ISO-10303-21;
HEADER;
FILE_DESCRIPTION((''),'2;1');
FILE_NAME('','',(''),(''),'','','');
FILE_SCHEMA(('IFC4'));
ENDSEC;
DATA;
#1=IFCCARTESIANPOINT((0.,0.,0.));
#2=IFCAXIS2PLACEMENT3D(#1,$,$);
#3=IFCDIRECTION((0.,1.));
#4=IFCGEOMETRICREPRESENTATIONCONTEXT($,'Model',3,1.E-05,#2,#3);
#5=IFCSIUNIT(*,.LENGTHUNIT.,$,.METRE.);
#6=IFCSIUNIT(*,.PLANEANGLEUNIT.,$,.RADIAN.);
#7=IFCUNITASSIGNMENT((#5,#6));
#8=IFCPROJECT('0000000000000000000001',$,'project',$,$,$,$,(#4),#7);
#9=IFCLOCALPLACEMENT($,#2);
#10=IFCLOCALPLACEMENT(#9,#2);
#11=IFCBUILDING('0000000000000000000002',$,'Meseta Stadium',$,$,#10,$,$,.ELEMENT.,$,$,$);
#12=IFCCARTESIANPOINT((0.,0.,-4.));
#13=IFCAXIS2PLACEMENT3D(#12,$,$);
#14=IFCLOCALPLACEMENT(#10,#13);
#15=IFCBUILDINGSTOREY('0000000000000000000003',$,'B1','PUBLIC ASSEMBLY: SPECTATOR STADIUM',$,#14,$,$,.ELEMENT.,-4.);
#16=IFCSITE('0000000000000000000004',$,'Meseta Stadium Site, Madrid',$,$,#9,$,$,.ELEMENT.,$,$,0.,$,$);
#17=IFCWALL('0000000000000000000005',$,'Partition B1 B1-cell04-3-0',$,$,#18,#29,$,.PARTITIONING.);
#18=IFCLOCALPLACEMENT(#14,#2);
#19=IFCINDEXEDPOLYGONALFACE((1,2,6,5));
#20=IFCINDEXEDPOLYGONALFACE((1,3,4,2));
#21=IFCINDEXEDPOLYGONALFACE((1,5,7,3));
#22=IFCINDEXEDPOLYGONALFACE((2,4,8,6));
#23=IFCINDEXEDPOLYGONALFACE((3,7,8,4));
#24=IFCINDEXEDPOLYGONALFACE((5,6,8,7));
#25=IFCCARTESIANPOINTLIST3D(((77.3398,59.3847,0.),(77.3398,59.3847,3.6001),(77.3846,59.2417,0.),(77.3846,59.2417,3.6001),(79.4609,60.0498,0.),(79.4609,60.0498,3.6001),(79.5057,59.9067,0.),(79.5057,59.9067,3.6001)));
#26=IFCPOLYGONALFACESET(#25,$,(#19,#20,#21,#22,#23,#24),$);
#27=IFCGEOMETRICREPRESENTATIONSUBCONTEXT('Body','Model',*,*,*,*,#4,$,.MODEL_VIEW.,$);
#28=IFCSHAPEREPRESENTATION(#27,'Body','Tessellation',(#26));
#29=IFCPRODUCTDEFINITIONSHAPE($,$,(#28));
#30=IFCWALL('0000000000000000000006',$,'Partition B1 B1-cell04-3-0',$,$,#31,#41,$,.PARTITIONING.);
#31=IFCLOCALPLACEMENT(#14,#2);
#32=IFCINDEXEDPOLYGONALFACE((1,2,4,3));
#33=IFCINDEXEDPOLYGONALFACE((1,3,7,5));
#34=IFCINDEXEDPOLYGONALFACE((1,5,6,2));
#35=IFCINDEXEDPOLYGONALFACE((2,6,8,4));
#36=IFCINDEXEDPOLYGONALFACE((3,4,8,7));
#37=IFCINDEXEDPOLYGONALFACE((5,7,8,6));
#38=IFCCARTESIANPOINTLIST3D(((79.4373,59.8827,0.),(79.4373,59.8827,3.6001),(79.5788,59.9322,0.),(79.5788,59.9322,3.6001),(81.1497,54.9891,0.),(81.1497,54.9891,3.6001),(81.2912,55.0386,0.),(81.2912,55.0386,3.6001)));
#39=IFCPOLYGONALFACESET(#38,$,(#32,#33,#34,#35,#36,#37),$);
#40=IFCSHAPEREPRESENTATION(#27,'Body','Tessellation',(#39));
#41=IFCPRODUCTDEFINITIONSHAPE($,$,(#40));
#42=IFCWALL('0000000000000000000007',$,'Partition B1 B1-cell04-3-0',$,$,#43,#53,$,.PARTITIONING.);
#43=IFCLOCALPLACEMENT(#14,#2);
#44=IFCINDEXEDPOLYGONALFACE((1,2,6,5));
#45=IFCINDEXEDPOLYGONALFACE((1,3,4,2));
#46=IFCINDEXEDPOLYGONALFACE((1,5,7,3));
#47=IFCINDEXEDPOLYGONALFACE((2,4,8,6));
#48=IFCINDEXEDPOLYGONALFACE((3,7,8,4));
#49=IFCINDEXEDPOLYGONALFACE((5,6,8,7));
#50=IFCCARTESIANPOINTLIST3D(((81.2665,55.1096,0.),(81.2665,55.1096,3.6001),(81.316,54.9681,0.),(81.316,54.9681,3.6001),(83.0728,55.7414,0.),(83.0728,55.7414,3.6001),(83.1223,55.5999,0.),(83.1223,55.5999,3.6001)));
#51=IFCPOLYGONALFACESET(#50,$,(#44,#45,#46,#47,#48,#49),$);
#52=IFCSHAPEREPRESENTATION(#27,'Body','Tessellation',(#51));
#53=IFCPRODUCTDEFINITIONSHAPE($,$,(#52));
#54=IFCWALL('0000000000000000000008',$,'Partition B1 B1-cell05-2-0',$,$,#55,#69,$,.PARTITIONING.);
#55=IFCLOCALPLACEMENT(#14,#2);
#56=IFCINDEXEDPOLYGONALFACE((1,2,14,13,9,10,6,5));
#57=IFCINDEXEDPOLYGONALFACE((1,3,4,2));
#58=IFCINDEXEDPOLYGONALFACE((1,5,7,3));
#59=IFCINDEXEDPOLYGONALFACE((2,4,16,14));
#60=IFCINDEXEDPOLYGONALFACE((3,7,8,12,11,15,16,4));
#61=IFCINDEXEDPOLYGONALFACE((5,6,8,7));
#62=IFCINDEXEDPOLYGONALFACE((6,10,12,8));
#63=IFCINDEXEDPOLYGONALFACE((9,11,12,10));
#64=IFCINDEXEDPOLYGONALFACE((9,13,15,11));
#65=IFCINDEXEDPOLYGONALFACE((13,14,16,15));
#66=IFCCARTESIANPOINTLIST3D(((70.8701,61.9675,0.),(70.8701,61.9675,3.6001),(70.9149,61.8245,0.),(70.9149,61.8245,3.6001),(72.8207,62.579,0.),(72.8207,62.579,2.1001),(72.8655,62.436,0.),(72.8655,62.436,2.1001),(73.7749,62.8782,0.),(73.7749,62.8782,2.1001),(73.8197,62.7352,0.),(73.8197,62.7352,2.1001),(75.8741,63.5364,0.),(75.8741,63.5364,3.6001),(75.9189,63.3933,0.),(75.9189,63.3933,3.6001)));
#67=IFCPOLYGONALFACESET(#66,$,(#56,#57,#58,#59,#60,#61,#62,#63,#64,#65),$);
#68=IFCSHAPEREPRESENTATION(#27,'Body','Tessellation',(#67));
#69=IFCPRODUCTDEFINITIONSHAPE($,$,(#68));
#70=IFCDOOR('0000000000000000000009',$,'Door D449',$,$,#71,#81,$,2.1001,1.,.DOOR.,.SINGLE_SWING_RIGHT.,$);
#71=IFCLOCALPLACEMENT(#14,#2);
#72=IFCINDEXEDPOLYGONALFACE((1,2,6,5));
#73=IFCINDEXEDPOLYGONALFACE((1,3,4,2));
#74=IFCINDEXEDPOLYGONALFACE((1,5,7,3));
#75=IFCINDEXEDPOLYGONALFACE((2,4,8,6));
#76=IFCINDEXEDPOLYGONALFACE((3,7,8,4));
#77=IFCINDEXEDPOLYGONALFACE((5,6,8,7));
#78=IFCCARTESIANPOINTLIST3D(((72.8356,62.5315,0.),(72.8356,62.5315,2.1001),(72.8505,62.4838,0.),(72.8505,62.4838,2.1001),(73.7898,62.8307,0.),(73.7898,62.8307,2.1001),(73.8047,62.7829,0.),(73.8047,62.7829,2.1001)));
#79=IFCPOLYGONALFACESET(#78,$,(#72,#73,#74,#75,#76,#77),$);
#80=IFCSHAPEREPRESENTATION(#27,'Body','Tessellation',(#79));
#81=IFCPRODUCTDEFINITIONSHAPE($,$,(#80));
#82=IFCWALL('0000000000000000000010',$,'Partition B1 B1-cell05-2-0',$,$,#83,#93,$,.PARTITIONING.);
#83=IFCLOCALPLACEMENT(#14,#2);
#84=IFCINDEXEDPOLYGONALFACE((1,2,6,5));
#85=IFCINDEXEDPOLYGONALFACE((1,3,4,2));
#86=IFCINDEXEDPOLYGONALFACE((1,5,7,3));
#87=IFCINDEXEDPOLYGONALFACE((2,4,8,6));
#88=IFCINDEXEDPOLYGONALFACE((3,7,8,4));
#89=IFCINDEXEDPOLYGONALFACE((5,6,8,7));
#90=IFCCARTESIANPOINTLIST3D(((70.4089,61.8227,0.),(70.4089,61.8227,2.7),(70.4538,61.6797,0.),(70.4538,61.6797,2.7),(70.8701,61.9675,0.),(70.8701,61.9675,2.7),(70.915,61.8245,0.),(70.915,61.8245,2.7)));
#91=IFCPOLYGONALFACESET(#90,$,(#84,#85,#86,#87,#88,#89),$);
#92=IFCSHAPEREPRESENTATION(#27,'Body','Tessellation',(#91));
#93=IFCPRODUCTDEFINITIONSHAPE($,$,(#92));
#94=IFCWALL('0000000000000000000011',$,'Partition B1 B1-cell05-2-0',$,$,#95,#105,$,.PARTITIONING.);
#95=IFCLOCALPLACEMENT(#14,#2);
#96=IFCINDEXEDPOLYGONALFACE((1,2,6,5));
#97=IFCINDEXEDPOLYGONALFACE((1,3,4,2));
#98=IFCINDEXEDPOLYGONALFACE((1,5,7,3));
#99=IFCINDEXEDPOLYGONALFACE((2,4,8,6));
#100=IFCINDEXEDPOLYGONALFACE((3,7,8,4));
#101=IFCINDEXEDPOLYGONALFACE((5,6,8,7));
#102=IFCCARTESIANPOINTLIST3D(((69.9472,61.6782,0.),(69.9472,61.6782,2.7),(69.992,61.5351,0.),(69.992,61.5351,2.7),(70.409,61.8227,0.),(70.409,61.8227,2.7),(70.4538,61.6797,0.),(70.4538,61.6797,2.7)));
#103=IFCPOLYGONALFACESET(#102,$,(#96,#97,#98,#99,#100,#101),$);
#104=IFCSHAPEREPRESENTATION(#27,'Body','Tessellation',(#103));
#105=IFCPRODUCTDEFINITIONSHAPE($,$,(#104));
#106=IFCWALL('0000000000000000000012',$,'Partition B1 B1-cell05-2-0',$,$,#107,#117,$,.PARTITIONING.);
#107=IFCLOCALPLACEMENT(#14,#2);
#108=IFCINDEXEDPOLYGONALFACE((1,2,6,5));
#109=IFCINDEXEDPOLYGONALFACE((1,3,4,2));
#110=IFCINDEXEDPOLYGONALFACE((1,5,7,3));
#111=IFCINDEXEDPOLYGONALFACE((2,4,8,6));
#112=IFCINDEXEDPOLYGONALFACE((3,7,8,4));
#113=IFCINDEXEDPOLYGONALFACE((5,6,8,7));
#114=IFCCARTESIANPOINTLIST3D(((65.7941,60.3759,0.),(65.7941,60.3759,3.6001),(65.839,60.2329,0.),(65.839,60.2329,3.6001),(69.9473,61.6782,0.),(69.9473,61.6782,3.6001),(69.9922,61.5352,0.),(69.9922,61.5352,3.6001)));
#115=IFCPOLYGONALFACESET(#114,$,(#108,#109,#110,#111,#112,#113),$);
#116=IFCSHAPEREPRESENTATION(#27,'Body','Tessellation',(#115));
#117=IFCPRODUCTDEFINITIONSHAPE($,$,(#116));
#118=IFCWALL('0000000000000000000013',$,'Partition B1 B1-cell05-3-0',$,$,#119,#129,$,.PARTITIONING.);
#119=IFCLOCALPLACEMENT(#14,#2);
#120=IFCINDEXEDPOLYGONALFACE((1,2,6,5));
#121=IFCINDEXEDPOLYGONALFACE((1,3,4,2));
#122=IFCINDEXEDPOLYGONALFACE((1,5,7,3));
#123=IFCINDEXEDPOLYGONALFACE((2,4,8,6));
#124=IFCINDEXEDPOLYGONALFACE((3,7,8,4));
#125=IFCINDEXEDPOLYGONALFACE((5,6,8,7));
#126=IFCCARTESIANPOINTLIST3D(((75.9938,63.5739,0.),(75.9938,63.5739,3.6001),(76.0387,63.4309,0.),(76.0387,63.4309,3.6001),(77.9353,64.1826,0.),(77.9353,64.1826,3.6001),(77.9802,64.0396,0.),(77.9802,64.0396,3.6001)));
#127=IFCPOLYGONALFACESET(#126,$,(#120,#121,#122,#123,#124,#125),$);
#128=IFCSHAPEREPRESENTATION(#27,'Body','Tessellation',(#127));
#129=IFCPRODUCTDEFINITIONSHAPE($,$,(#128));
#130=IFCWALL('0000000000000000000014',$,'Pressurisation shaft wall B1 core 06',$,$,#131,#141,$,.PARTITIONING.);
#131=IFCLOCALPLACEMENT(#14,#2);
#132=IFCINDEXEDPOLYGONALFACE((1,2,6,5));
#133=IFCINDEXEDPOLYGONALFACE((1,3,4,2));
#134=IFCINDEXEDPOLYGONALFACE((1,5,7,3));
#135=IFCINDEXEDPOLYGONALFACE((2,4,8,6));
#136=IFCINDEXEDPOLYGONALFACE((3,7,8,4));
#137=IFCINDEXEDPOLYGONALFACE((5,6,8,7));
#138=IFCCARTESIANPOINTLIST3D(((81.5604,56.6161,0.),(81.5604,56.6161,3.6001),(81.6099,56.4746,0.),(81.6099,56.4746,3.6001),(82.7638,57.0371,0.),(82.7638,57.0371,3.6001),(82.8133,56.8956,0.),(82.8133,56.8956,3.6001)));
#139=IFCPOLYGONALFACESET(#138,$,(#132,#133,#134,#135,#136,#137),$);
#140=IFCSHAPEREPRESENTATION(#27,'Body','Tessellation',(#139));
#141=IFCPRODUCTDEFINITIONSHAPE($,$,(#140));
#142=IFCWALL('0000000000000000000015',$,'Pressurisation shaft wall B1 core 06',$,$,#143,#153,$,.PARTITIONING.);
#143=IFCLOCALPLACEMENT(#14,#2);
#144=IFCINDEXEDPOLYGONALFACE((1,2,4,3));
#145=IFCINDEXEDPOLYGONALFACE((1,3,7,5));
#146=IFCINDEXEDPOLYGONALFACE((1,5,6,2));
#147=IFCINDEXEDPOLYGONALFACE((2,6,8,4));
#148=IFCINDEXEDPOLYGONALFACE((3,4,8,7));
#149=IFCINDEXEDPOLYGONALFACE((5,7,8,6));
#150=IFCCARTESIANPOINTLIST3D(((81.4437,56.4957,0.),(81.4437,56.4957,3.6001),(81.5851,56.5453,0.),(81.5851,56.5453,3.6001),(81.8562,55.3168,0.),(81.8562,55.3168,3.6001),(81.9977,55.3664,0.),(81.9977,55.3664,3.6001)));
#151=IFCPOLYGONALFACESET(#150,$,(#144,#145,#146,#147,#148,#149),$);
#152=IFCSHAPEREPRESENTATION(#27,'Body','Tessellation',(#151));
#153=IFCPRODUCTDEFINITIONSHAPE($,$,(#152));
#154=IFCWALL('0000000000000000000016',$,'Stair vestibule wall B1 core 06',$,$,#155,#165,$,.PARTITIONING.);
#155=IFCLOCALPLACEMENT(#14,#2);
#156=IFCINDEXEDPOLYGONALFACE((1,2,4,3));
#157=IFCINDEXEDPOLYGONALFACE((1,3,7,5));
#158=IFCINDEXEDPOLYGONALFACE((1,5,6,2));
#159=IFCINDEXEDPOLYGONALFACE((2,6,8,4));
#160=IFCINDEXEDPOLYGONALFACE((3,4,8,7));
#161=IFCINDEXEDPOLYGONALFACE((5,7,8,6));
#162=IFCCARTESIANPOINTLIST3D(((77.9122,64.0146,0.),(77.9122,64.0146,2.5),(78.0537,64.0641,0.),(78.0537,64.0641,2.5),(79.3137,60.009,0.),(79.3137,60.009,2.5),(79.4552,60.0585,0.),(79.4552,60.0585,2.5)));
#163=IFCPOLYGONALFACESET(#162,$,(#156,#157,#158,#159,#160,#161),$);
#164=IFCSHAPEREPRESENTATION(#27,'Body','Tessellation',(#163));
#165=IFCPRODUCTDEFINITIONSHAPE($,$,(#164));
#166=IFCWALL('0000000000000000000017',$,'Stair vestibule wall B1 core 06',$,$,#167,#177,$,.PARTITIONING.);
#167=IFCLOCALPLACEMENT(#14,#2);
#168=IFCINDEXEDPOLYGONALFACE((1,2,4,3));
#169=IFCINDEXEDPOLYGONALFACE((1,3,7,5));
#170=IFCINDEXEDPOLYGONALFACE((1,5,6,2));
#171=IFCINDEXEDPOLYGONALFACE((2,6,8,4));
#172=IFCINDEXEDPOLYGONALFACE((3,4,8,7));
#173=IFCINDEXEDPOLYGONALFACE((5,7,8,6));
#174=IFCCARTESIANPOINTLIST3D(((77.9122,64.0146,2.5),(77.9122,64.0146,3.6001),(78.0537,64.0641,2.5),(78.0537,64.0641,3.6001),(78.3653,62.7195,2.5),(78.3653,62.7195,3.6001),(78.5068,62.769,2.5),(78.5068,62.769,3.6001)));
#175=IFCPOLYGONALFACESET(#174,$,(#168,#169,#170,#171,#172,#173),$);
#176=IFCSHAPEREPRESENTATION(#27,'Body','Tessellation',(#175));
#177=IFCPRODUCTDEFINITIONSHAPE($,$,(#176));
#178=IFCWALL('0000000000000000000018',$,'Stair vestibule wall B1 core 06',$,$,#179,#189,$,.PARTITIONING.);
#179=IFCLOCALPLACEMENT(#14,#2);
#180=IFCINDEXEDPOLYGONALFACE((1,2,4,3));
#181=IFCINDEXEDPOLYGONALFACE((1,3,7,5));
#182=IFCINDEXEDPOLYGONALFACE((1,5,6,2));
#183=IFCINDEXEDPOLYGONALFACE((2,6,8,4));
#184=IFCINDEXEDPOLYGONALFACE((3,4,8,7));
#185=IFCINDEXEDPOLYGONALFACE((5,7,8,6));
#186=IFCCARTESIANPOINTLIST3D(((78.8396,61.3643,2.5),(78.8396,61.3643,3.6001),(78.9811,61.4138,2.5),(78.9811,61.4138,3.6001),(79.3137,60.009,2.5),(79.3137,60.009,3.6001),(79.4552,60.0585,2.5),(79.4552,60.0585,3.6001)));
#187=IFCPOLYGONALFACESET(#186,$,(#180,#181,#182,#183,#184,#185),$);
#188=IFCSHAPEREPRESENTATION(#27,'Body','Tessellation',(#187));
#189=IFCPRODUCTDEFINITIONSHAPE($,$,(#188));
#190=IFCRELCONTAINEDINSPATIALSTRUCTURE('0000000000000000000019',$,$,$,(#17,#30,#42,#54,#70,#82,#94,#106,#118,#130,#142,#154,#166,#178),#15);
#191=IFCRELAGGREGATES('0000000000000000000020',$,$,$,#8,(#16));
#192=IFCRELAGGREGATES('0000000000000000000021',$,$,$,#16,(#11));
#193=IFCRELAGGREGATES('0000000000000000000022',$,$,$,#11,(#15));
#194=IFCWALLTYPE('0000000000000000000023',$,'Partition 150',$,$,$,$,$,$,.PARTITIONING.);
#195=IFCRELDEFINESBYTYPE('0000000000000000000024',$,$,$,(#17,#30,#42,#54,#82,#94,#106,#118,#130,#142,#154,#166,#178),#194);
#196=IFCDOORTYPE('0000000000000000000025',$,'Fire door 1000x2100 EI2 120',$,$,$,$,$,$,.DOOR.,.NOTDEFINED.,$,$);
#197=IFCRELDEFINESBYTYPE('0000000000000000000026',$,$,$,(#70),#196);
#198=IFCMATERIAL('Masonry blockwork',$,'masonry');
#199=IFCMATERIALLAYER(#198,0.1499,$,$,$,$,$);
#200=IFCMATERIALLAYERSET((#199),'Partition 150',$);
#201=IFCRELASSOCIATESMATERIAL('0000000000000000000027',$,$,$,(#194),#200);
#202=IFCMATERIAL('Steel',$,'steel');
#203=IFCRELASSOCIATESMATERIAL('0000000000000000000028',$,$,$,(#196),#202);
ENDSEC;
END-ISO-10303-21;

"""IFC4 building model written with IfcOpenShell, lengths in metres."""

from ifc_helpers import new_model, si_unit, direction, frame, frame_2d, origin, place, context, subcontext, project, spatial, rectangle, extrude, material, layer, layer_set, type_object, element, fill, save


model = new_model("IFC4")

# Units and contexts
model_context = context("Model", 3, precision=1e-05, world=origin(), true_north=direction((0.0, 1.0)))
body_context = subcontext(model_context, "Body", "Model", "MODEL_VIEW")
ifc_project = project(units=[si_unit("LENGTHUNIT", "METRE"), si_unit("PLANEANGLEUNIT", "RADIAN")], contexts=[model_context])

# Site, building, storey
site_placement = place(None, origin())
site = spatial("IfcSite", under=ifc_project, at=site_placement, Name="Meseta Stadium Site, Madrid", CompositionType="ELEMENT", RefElevation=0.0)
building_placement = place(site_placement, origin())
building = spatial("IfcBuilding", under=site, at=building_placement, Name="Meseta Stadium", CompositionType="ELEMENT")
storey_placement = place(building_placement, frame((0.0, 0.0, -4.0)))
storey = spatial("IfcBuildingStorey", under=building, at=storey_placement, Name="B1", Description="PUBLIC ASSEMBLY: SPECTATOR STADIUM", CompositionType="ELEMENT", Elevation=-4.0)

# Walls
ifc_material_1 = material(Name="Masonry blockwork", Category="masonry")
ifc_layer_1 = layer(ifc_material_1, 0.1499)
ifc_layer_set_1 = layer_set([ifc_layer_1], Name="Partition 150")
wall_type_1 = type_object("IfcWallType", Name="Partition 150", PredefinedType="PARTITIONING", material=ifc_layer_set_1)
wall_1_placement = place(storey_placement, frame((77.3623, 59.3132, 0.0), z_axis=(0.0, 0.0, 1.0), x_axis=(0.954198, 0.299175, 0.0)))
element("IfcWall", 1, at=wall_1_placement, inside=storey, type_object=wall_type_1, Name="Partition B1 B1-cell04-3-0", PredefinedType="PARTITIONING", context=body_context, shape_type="SweptSolid", body=[
    extrude(rectangle(XDim=2.2229, YDim=0.1499, at=frame_2d((1.1113, 0.0))), origin(), (0.0, 0.0, 1.0), 3.6001),
])
wall_2_placement = place(storey_placement, frame((79.5081, 59.9075, 0.0), z_axis=(0.0, 0.0, 1.0), x_axis=(0.330292, -0.943879, 0.0)))
element("IfcWall", 2, at=wall_2_placement, inside=storey, type_object=wall_type_1, Name="Partition B1 B1-cell04-3-0", PredefinedType="PARTITIONING", context=body_context, shape_type="SweptSolid", body=[
    extrude(rectangle(XDim=5.1846, YDim=0.1499, at=frame_2d((2.5923, 0.0))), origin(), (0.0, 0.0, 1.0), 3.6001),
])
wall_3_placement = place(storey_placement, frame((81.2913, 55.0388, 0.0), z_axis=(0.0, 0.0, 1.0), x_axis=(0.94391, 0.330203, 0.0)))
element("IfcWall", 3, at=wall_3_placement, inside=storey, type_object=wall_type_1, Name="Partition B1 B1-cell04-3-0", PredefinedType="PARTITIONING", context=body_context, shape_type="SweptSolid", body=[
    extrude(rectangle(XDim=1.9136, YDim=0.1499, at=frame_2d((0.9568, 0.0))), origin(), (0.0, 0.0, 1.0), 3.6001),
])

# Wall, opening, door
wall_4_placement = place(storey_placement, frame((75.8965, 63.4648, 0.0), z_axis=(0.0, 0.0, 1.0), x_axis=(-0.954201, -0.299166, 0.0)))
wall_4 = element("IfcWall", 4, at=wall_4_placement, inside=storey, type_object=wall_type_1, Name="Partition B1 B1-cell05-2-0", PredefinedType="PARTITIONING", context=body_context, shape_type="SweptSolid", body=[
    extrude(rectangle(XDim=5.2441, YDim=0.1499, at=frame_2d((2.6221, 0.0))), origin(), (0.0, 0.0, 1.0), 3.6001),
])
opening_1_placement = place(wall_4_placement, frame((2.2, 0.0, 0.0)))
opening_1 = element("IfcOpeningElement", 5, at=opening_1_placement, cuts=wall_4, PredefinedType="OPENING", context=body_context, shape_type="SweptSolid", body=[
    extrude(rectangle(XDim=1.0, YDim=2.1001, at=frame_2d((0.5, 1.05))), frame((0.0, 0.085, 0.0), z_axis=(0.0, -1.0, 0.0), x_axis=(1.0, 0.0, 0.0)), (0.0, 0.0, 1.0), 0.1699),
])
ifc_material_2 = material(Name="Steel", Category="steel")
door_type_1 = type_object("IfcDoorType", Name="Fire door 1000x2100 EI2 120", OperationType="NOTDEFINED", PredefinedType="DOOR", material=ifc_material_2)
door_1_placement = place(opening_1_placement, origin())
door_1 = element("IfcDoor", 6, at=door_1_placement, inside=storey, type_object=door_type_1, Name="Door D449", OperationType="SINGLE_SWING_RIGHT", OverallHeight=2.1001, OverallWidth=1.0, PredefinedType="DOOR", context=body_context, shape_type="SweptSolid", body=[
    extrude(rectangle(XDim=1.0, YDim=2.1001, at=frame_2d((0.5, 1.05))), frame((0.0, 0.0249, 0.0), z_axis=(0.0, -1.0, 0.0), x_axis=(1.0, 0.0, 0.0)), (0.0, 0.0, 1.0), 0.05),
])
fill(opening_1, door_1)

# Walls
wall_5_placement = place(storey_placement, frame((70.8926, 61.896, 0.0), z_axis=(0.0, 0.0, 1.0), x_axis=(-0.954093, -0.299511, 0.0)))
element("IfcWall", 7, at=wall_5_placement, inside=storey, type_object=wall_type_1, Name="Partition B1 B1-cell05-2-0", PredefinedType="PARTITIONING", context=body_context, shape_type="SweptSolid", body=[
    extrude(rectangle(XDim=0.4834, YDim=0.1499, at=frame_2d((0.2417, 0.0))), origin(), (0.0, 0.0, 1.0), 2.7),
])
wall_6_placement = place(storey_placement, frame((70.4314, 61.7512, 0.0), z_axis=(0.0, 0.0, 1.0), x_axis=(-0.954327, -0.298763, 0.0)))
element("IfcWall", 8, at=wall_6_placement, inside=storey, type_object=wall_type_1, Name="Partition B1 B1-cell05-2-0", PredefinedType="PARTITIONING", context=body_context, shape_type="SweptSolid", body=[
    extrude(rectangle(XDim=0.4839, YDim=0.1499, at=frame_2d((0.2419, 0.0))), origin(), (0.0, 0.0, 1.0), 2.7),
])
wall_7_placement = place(storey_placement, frame((69.9697, 61.6067, 0.0), z_axis=(0.0, 0.0, 1.0), x_axis=(-0.954191, -0.299198, 0.0)))
element("IfcWall", 9, at=wall_7_placement, inside=storey, type_object=wall_type_1, Name="Partition B1 B1-cell05-2-0", PredefinedType="PARTITIONING", context=body_context, shape_type="SweptSolid", body=[
    extrude(rectangle(XDim=4.3525, YDim=0.1499, at=frame_2d((2.1763, 0.0))), origin(), (0.0, 0.0, 1.0), 3.6001),
])
wall_8_placement = place(storey_placement, frame((77.9578, 64.1111, 0.0), z_axis=(0.0, 0.0, 1.0), x_axis=(-0.954206, -0.299149, 0.0)))
element("IfcWall", 10, at=wall_8_placement, inside=storey, type_object=wall_type_1, Name="Partition B1 B1-cell05-3-0", PredefinedType="PARTITIONING", context=body_context, shape_type="SweptSolid", body=[
    extrude(rectangle(XDim=2.0347, YDim=0.1499, at=frame_2d((1.0173, 0.0))), origin(), (0.0, 0.0, 1.0), 3.6001),
])
wall_9_placement = place(storey_placement, frame((82.7886, 56.9663, 0.0), z_axis=(0.0, 0.0, 1.0), x_axis=(-0.943927, -0.330154, 0.0)))
element("IfcWall", 11, at=wall_9_placement, inside=storey, type_object=wall_type_1, Name="Pressurisation shaft wall B1 core 06", PredefinedType="PARTITIONING", context=body_context, shape_type="SweptSolid", body=[
    extrude(rectangle(XDim=1.2749, YDim=0.1499, at=frame_2d((0.6375, 0.0))), origin(), (0.0, 0.0, 1.0), 3.6001),
])
wall_10_placement = place(storey_placement, frame((81.5144, 56.5205, 0.0), z_axis=(0.0, 0.0, 1.0), x_axis=(0.330324, -0.943867, 0.0)))
element("IfcWall", 12, at=wall_10_placement, inside=storey, type_object=wall_type_1, Name="Pressurisation shaft wall B1 core 06", PredefinedType="PARTITIONING", context=body_context, shape_type="SweptSolid", body=[
    extrude(rectangle(XDim=1.249, YDim=0.1499, at=frame_2d((0.6245, 0.0))), origin(), (0.0, 0.0, 1.0), 3.6001),
])
wall_11_placement = place(storey_placement, frame((77.9829, 64.0393, 0.0), z_axis=(0.0, 0.0, 1.0), x_axis=(0.330276, -0.943884, 0.0)))
element("IfcWall", 13, at=wall_11_placement, inside=storey, type_object=wall_type_1, Name="Stair vestibule wall B1 core 06", PredefinedType="PARTITIONING", context=body_context, shape_type="SweptSolid", body=[
    extrude(rectangle(XDim=4.2437, YDim=0.1499, at=frame_2d((2.1218, 0.0))), origin(), (0.0, 0.0, 1.0), 2.5),
])
wall_12_placement = place(storey_placement, frame((77.9829, 64.0393, 2.5), z_axis=(0.0, 0.0, 1.0), x_axis=(0.330232, -0.9439, 0.0)))
element("IfcWall", 14, at=wall_12_placement, inside=storey, type_object=wall_type_1, Name="Stair vestibule wall B1 core 06", PredefinedType="PARTITIONING", context=body_context, shape_type="SweptSolid", body=[
    extrude(rectangle(XDim=1.3721, YDim=0.1499, at=frame_2d((0.686, 0.0))), origin(), (0.0, 0.0, 1.0), 1.1001),
])
wall_13_placement = place(storey_placement, frame((78.9104, 61.3889, 2.5), z_axis=(0.0, 0.0, 1.0), x_axis=(0.330222, -0.943903, 0.0)))
element("IfcWall", 15, at=wall_13_placement, inside=storey, type_object=wall_type_1, Name="Stair vestibule wall B1 core 06", PredefinedType="PARTITIONING", context=body_context, shape_type="SweptSolid", body=[
    extrude(rectangle(XDim=1.4358, YDim=0.1499, at=frame_2d((0.7178, 0.0))), origin(), (0.0, 0.0, 1.0), 1.1001),
])

save(model, "model.ifc")
